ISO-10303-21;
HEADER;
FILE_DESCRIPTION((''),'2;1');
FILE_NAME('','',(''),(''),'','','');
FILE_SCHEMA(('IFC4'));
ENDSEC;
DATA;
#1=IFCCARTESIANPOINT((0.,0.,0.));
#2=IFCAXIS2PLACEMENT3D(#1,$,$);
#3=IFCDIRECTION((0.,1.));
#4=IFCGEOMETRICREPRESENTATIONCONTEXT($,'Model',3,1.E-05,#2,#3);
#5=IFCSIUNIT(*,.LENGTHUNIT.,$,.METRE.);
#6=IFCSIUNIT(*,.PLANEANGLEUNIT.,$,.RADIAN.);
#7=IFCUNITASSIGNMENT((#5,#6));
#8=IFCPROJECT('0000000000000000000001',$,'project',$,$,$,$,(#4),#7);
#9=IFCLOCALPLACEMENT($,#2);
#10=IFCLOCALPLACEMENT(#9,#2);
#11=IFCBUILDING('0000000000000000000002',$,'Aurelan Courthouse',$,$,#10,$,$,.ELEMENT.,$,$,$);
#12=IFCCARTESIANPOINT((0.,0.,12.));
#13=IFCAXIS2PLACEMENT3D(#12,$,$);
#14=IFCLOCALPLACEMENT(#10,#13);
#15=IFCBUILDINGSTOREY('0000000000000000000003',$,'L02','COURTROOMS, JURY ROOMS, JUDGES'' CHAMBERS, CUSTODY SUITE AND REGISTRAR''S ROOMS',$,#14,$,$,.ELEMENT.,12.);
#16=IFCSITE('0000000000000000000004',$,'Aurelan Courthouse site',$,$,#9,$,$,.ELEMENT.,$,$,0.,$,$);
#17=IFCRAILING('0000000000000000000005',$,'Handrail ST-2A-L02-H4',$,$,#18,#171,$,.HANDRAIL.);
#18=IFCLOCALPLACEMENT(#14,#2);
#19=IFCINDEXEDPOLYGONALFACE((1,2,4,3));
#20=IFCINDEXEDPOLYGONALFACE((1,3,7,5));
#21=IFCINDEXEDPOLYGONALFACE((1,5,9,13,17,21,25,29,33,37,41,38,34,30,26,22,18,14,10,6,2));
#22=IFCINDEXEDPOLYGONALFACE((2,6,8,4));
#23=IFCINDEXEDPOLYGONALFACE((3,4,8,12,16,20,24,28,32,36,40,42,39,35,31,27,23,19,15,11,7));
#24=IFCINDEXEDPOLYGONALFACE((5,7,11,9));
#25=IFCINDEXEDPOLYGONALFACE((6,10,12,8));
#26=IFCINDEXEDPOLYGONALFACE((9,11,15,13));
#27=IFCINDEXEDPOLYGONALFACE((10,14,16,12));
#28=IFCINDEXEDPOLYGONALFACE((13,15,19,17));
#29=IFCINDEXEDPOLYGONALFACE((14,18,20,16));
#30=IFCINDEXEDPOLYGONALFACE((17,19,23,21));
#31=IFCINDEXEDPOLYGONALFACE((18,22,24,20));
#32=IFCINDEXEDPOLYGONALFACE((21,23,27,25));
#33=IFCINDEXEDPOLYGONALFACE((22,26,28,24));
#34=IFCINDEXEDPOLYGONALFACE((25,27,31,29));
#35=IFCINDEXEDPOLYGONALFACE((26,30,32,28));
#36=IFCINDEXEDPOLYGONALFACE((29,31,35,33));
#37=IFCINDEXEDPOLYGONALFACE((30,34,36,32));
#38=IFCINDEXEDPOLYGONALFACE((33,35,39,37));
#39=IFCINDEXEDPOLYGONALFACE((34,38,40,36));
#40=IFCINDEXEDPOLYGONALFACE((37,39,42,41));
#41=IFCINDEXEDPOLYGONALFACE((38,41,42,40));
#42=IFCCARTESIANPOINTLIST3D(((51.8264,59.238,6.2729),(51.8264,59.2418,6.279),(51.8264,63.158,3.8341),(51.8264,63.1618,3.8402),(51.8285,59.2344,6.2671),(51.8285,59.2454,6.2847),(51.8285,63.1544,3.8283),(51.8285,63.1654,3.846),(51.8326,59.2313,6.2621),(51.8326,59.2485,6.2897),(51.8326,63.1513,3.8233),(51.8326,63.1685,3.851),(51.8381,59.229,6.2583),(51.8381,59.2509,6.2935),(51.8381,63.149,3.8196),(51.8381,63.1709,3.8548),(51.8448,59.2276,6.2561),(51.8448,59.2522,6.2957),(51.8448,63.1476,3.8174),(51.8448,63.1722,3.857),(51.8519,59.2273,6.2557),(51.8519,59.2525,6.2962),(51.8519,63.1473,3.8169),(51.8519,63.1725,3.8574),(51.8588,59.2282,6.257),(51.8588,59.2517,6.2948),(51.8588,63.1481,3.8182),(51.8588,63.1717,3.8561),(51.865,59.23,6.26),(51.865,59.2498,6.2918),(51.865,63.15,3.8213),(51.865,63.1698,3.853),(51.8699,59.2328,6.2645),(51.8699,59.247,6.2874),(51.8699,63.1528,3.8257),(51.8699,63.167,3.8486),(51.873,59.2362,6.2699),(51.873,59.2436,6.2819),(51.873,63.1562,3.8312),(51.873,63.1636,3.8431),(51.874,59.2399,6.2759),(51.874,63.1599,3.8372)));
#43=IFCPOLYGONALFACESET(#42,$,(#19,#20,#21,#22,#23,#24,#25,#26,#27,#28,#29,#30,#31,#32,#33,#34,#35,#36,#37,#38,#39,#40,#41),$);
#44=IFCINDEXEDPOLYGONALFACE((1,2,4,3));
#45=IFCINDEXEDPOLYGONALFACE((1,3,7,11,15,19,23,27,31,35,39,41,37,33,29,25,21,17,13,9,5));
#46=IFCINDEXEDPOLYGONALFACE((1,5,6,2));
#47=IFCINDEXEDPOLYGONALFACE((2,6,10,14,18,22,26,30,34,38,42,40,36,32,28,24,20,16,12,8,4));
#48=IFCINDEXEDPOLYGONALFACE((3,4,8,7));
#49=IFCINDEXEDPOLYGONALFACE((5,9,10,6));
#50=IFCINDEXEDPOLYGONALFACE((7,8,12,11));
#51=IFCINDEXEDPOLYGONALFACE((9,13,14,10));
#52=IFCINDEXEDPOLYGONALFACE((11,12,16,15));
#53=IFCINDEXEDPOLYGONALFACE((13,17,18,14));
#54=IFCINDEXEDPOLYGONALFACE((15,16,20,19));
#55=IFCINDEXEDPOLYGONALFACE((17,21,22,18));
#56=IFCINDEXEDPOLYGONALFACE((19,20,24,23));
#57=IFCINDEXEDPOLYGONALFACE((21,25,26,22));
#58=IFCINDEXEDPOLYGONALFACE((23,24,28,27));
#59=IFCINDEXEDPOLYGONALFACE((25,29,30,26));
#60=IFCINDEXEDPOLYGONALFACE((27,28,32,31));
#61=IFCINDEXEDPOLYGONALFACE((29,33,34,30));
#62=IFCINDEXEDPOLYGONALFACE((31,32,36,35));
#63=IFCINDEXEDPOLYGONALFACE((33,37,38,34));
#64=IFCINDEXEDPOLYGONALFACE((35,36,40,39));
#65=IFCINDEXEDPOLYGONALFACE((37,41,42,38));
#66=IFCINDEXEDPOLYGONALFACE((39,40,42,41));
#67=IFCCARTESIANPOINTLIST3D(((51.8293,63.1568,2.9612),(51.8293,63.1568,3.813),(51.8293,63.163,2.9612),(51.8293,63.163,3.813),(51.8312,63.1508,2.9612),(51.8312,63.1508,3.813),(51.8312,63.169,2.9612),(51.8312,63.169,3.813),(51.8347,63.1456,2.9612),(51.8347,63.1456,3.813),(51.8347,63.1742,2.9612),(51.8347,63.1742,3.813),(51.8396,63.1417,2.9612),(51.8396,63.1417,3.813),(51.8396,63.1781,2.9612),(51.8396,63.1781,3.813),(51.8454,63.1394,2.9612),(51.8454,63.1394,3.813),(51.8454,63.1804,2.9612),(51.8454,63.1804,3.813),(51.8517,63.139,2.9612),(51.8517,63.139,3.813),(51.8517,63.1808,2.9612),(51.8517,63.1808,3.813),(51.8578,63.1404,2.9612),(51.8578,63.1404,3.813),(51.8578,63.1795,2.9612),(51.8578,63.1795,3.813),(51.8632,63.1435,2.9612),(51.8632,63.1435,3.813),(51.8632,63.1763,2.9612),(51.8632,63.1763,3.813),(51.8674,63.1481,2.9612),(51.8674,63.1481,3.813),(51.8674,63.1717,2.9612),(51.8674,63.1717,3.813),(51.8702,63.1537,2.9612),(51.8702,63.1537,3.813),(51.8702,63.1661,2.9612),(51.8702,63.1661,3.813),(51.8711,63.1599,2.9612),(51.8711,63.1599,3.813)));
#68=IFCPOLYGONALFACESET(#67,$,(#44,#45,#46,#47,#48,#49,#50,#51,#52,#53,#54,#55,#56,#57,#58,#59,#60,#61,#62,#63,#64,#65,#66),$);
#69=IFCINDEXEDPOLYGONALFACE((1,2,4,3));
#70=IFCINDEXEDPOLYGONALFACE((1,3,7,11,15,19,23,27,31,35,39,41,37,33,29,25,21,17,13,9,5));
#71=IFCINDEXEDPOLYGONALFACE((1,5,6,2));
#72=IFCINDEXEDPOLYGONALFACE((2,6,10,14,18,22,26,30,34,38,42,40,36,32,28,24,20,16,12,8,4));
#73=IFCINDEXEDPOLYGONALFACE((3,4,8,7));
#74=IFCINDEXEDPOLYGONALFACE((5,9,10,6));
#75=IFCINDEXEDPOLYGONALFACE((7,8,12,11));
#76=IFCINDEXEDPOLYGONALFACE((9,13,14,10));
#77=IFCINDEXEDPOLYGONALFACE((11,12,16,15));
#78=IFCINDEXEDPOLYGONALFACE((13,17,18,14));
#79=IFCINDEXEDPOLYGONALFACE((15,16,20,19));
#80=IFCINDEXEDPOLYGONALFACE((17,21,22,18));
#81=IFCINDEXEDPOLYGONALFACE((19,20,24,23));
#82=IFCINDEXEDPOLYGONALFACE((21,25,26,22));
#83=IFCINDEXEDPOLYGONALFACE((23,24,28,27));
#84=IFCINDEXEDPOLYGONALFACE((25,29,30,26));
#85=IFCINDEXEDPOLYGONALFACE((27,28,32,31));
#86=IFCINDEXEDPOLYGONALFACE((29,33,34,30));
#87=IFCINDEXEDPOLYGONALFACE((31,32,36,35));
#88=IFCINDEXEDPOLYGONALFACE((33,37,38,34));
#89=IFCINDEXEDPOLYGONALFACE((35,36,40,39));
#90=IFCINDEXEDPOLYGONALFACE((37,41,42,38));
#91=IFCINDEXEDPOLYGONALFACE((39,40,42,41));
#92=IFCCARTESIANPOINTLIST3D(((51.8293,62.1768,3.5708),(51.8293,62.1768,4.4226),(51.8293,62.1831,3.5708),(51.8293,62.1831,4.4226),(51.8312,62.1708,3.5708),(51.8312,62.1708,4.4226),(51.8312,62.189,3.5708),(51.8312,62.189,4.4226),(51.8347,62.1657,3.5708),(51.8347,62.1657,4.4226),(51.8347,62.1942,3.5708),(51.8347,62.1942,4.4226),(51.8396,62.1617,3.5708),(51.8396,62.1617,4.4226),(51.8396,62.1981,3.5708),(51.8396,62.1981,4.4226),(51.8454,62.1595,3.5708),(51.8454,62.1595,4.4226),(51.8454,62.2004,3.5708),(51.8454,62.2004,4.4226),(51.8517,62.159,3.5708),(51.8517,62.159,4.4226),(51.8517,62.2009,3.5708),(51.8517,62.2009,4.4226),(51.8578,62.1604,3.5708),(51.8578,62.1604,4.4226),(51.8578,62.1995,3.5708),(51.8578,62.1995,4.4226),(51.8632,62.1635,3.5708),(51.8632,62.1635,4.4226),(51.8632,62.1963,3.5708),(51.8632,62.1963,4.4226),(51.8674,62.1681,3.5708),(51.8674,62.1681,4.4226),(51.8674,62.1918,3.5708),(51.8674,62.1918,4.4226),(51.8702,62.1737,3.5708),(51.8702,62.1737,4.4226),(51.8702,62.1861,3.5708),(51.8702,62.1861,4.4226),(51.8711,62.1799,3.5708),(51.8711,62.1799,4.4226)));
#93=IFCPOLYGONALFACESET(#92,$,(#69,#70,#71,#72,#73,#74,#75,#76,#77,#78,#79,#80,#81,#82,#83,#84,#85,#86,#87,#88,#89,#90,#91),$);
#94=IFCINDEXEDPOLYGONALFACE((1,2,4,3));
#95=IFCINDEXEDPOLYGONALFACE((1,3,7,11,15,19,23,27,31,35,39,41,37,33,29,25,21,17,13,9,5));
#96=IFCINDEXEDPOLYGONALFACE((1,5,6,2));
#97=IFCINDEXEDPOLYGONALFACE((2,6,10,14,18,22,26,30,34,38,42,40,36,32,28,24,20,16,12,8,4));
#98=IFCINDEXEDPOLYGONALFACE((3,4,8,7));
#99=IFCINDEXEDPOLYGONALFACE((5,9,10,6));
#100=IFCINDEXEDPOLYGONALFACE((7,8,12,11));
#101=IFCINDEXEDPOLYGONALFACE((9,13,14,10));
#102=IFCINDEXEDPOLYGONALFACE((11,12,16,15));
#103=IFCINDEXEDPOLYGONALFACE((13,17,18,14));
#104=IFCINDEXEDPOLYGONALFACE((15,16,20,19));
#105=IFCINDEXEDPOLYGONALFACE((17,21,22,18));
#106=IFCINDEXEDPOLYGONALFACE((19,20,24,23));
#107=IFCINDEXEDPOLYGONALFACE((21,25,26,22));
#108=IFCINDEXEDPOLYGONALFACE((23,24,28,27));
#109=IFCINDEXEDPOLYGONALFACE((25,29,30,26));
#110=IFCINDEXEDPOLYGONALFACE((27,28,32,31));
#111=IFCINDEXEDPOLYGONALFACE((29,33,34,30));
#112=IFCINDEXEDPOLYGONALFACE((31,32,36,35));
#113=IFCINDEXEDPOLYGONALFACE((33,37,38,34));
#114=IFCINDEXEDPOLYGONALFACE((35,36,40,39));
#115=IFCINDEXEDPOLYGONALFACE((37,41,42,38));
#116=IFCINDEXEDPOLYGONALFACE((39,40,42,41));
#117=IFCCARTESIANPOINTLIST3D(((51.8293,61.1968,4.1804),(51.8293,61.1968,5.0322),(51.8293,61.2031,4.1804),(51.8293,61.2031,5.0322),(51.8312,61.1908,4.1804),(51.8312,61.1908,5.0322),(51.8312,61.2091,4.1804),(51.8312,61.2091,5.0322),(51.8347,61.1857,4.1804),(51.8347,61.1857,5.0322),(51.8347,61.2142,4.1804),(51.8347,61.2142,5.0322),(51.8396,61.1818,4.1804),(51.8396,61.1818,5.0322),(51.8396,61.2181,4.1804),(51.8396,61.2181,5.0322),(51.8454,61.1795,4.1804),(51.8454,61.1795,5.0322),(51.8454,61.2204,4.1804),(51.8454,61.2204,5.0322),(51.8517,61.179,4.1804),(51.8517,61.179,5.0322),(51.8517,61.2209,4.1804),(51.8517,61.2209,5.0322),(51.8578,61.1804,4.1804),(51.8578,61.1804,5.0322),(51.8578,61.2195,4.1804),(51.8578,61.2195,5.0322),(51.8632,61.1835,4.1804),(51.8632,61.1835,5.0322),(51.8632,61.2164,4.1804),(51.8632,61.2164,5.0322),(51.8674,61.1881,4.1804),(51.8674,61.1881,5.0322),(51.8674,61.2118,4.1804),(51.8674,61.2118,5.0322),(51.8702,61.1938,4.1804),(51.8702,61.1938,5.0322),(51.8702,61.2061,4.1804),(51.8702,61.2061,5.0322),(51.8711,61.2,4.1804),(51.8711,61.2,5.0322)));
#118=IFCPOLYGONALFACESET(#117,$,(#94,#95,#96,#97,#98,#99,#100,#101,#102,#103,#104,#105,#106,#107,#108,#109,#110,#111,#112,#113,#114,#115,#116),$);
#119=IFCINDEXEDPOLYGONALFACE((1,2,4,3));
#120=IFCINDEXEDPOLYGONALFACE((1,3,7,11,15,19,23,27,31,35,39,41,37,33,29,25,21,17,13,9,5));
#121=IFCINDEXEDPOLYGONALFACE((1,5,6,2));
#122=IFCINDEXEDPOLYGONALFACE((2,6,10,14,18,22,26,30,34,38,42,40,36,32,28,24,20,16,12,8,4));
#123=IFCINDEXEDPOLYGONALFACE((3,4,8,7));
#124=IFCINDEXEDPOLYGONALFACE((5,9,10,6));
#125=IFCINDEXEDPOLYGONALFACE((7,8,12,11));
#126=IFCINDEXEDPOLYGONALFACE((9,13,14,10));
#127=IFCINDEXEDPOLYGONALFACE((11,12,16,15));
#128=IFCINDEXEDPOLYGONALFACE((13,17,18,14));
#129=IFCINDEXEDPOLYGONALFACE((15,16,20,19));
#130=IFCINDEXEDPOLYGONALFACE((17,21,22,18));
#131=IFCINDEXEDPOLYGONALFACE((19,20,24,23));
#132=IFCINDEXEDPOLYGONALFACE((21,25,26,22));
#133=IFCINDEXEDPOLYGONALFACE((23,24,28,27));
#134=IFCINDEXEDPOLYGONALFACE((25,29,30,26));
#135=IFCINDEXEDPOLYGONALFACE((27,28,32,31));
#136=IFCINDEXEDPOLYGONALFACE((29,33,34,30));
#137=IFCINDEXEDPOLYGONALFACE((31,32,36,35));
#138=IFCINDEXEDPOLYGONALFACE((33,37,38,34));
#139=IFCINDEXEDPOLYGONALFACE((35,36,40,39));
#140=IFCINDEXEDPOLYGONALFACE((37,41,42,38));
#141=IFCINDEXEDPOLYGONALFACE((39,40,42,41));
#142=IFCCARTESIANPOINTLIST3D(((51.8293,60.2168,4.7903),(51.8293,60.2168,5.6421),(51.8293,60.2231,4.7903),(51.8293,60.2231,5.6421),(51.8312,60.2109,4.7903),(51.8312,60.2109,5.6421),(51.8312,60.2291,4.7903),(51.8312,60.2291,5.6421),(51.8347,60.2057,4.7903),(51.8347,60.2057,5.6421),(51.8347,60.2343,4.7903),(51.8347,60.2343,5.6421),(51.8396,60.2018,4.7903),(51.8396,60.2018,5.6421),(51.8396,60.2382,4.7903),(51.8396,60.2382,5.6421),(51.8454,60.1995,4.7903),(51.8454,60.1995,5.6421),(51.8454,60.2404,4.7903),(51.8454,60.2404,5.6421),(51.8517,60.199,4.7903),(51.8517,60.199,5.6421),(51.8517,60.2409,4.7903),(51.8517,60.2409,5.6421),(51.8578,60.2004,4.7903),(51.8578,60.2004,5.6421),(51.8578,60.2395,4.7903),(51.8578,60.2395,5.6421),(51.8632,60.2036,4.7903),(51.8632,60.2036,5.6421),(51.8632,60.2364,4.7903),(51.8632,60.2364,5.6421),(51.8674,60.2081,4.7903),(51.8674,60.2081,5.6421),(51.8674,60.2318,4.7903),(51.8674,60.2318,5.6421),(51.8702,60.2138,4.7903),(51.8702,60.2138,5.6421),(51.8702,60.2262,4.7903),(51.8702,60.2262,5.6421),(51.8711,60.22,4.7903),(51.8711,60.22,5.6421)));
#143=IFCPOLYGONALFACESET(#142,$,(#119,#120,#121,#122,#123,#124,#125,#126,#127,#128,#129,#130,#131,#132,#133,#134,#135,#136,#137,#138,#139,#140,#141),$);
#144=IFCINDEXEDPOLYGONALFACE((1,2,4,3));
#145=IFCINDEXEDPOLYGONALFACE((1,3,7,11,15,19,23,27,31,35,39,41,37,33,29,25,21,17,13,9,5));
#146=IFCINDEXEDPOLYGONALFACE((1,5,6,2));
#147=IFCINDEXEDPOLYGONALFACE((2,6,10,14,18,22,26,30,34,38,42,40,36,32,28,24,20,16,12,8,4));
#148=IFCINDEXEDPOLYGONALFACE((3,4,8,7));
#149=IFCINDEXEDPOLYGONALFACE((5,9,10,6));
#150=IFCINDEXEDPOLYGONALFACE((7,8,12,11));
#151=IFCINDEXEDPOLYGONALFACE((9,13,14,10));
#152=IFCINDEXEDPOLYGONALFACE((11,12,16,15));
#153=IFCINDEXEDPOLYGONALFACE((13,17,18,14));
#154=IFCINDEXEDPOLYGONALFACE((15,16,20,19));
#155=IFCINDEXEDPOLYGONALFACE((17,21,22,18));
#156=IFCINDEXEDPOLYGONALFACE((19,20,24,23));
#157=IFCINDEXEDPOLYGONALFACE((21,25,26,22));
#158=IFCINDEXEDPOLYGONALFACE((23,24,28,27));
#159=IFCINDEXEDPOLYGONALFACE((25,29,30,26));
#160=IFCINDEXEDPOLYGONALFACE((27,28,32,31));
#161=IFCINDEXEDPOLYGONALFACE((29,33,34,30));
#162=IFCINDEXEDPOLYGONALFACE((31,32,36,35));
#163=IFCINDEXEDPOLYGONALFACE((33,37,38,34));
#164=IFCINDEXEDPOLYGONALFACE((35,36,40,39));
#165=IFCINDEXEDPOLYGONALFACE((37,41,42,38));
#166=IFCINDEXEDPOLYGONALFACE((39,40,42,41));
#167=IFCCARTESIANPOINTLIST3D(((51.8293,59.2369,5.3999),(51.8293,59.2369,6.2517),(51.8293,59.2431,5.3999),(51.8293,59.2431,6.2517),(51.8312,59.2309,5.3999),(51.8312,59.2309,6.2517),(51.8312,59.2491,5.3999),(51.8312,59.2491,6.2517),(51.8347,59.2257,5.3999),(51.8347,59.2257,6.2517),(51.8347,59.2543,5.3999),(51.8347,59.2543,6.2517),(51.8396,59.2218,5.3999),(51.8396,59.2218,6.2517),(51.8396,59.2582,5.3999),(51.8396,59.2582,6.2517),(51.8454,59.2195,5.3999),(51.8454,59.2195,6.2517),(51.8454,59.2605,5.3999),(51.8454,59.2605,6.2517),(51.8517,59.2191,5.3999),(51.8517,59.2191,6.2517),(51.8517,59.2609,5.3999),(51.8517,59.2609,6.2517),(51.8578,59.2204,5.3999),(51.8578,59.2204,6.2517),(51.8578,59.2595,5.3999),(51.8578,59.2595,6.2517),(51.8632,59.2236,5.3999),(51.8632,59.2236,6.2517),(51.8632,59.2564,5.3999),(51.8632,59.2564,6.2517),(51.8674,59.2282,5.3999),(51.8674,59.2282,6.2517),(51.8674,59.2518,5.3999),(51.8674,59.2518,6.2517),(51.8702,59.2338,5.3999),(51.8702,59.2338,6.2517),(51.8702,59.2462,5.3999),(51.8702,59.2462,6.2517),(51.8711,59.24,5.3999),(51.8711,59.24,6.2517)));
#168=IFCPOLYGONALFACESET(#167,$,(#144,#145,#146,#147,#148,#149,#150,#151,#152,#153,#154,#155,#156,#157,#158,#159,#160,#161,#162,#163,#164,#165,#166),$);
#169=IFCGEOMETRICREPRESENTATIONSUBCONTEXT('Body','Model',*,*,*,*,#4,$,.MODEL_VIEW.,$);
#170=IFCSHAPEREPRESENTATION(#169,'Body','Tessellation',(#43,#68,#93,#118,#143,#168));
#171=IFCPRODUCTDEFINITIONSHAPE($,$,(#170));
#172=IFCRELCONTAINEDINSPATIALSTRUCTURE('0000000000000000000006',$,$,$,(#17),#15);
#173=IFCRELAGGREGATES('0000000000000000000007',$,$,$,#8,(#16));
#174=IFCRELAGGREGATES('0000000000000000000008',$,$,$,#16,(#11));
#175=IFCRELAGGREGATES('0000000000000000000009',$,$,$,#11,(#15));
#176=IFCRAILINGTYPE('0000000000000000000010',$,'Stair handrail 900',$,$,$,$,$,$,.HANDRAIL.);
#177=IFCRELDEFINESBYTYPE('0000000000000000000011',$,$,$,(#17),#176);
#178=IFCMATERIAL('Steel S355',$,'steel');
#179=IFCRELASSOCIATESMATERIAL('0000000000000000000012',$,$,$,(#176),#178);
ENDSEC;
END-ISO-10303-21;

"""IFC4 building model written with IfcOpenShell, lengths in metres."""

from ifc_helpers import new_model, si_unit, direction, frame, origin, origin_2d, place, context, subcontext, project, spatial, circle, extrude, material, type_object, element, save


model = new_model("IFC4")

# Units and contexts
model_context = context("Model", 3, precision=1e-05, world=origin(), true_north=direction((0.0, 1.0)))
body_context = subcontext(model_context, "Body", "Model", "MODEL_VIEW")
ifc_project = project(units=[si_unit("LENGTHUNIT", "METRE"), si_unit("PLANEANGLEUNIT", "RADIAN")], contexts=[model_context])

# Site, building, storey
site_placement = place(None, origin())
site = spatial("IfcSite", under=ifc_project, at=site_placement, Name="Aurelan Courthouse site", CompositionType="ELEMENT", RefElevation=0.0)
building_placement = place(site_placement, origin())
building = spatial("IfcBuilding", under=site, at=building_placement, Name="Aurelan Courthouse", CompositionType="ELEMENT")
storey_placement = place(building_placement, frame((0.0, 0.0, 12.0)))
storey = spatial("IfcBuildingStorey", under=building, at=storey_placement, Name="L02", Description="COURTROOMS, JURY ROOMS, JUDGES' CHAMBERS, CUSTODY SUITE AND REGISTRAR'S ROOMS", CompositionType="ELEMENT", Elevation=12.0)

# Railing
ifc_material_1 = material(Name="Steel S355", Category="steel")
railing_type_1 = type_object("IfcRailingType", Name="Stair handrail 900", PredefinedType="HANDRAIL", material=ifc_material_1)
for number, where, name in (
    (1, (51.8501, 63.1599, 2.9612), "Handrail ST-2A-L02-H4"),
):
    element("IfcRailing", number, at=place(storey_placement, frame(where)), inside=storey, type_object=railing_type_1, Name=name, PredefinedType="HANDRAIL", context=body_context, shape_type="SweptSolid", body=[
        extrude(circle(Radius=0.0239, at=origin_2d()), frame((0.0, 0.0, 0.876), z_axis=(0.0, -0.84909, 0.528249), x_axis=(1.0, 0.0, 0.0)), (0.0, 0.0, 1.0), 4.6167),
        extrude(circle(Radius=0.021, at=origin_2d()), origin(), (0.0, 0.0, 1.0), 0.8518),
        extrude(circle(Radius=0.021, at=origin_2d()), frame((0.0, -0.98, 0.6096)), (0.0, 0.0, 1.0), 0.8518),
        extrude(circle(Radius=0.021, at=origin_2d()), frame((0.0, -1.96, 1.2192)), (0.0, 0.0, 1.0), 0.8518),
        extrude(circle(Radius=0.021, at=origin_2d()), frame((0.0, -2.9399, 1.8291)), (0.0, 0.0, 1.0), 0.8518),
        extrude(circle(Radius=0.021, at=origin_2d()), frame((0.0, -3.9199, 2.4387)), (0.0, 0.0, 1.0), 0.8518),
    ])

save(model, "model.ifc")
